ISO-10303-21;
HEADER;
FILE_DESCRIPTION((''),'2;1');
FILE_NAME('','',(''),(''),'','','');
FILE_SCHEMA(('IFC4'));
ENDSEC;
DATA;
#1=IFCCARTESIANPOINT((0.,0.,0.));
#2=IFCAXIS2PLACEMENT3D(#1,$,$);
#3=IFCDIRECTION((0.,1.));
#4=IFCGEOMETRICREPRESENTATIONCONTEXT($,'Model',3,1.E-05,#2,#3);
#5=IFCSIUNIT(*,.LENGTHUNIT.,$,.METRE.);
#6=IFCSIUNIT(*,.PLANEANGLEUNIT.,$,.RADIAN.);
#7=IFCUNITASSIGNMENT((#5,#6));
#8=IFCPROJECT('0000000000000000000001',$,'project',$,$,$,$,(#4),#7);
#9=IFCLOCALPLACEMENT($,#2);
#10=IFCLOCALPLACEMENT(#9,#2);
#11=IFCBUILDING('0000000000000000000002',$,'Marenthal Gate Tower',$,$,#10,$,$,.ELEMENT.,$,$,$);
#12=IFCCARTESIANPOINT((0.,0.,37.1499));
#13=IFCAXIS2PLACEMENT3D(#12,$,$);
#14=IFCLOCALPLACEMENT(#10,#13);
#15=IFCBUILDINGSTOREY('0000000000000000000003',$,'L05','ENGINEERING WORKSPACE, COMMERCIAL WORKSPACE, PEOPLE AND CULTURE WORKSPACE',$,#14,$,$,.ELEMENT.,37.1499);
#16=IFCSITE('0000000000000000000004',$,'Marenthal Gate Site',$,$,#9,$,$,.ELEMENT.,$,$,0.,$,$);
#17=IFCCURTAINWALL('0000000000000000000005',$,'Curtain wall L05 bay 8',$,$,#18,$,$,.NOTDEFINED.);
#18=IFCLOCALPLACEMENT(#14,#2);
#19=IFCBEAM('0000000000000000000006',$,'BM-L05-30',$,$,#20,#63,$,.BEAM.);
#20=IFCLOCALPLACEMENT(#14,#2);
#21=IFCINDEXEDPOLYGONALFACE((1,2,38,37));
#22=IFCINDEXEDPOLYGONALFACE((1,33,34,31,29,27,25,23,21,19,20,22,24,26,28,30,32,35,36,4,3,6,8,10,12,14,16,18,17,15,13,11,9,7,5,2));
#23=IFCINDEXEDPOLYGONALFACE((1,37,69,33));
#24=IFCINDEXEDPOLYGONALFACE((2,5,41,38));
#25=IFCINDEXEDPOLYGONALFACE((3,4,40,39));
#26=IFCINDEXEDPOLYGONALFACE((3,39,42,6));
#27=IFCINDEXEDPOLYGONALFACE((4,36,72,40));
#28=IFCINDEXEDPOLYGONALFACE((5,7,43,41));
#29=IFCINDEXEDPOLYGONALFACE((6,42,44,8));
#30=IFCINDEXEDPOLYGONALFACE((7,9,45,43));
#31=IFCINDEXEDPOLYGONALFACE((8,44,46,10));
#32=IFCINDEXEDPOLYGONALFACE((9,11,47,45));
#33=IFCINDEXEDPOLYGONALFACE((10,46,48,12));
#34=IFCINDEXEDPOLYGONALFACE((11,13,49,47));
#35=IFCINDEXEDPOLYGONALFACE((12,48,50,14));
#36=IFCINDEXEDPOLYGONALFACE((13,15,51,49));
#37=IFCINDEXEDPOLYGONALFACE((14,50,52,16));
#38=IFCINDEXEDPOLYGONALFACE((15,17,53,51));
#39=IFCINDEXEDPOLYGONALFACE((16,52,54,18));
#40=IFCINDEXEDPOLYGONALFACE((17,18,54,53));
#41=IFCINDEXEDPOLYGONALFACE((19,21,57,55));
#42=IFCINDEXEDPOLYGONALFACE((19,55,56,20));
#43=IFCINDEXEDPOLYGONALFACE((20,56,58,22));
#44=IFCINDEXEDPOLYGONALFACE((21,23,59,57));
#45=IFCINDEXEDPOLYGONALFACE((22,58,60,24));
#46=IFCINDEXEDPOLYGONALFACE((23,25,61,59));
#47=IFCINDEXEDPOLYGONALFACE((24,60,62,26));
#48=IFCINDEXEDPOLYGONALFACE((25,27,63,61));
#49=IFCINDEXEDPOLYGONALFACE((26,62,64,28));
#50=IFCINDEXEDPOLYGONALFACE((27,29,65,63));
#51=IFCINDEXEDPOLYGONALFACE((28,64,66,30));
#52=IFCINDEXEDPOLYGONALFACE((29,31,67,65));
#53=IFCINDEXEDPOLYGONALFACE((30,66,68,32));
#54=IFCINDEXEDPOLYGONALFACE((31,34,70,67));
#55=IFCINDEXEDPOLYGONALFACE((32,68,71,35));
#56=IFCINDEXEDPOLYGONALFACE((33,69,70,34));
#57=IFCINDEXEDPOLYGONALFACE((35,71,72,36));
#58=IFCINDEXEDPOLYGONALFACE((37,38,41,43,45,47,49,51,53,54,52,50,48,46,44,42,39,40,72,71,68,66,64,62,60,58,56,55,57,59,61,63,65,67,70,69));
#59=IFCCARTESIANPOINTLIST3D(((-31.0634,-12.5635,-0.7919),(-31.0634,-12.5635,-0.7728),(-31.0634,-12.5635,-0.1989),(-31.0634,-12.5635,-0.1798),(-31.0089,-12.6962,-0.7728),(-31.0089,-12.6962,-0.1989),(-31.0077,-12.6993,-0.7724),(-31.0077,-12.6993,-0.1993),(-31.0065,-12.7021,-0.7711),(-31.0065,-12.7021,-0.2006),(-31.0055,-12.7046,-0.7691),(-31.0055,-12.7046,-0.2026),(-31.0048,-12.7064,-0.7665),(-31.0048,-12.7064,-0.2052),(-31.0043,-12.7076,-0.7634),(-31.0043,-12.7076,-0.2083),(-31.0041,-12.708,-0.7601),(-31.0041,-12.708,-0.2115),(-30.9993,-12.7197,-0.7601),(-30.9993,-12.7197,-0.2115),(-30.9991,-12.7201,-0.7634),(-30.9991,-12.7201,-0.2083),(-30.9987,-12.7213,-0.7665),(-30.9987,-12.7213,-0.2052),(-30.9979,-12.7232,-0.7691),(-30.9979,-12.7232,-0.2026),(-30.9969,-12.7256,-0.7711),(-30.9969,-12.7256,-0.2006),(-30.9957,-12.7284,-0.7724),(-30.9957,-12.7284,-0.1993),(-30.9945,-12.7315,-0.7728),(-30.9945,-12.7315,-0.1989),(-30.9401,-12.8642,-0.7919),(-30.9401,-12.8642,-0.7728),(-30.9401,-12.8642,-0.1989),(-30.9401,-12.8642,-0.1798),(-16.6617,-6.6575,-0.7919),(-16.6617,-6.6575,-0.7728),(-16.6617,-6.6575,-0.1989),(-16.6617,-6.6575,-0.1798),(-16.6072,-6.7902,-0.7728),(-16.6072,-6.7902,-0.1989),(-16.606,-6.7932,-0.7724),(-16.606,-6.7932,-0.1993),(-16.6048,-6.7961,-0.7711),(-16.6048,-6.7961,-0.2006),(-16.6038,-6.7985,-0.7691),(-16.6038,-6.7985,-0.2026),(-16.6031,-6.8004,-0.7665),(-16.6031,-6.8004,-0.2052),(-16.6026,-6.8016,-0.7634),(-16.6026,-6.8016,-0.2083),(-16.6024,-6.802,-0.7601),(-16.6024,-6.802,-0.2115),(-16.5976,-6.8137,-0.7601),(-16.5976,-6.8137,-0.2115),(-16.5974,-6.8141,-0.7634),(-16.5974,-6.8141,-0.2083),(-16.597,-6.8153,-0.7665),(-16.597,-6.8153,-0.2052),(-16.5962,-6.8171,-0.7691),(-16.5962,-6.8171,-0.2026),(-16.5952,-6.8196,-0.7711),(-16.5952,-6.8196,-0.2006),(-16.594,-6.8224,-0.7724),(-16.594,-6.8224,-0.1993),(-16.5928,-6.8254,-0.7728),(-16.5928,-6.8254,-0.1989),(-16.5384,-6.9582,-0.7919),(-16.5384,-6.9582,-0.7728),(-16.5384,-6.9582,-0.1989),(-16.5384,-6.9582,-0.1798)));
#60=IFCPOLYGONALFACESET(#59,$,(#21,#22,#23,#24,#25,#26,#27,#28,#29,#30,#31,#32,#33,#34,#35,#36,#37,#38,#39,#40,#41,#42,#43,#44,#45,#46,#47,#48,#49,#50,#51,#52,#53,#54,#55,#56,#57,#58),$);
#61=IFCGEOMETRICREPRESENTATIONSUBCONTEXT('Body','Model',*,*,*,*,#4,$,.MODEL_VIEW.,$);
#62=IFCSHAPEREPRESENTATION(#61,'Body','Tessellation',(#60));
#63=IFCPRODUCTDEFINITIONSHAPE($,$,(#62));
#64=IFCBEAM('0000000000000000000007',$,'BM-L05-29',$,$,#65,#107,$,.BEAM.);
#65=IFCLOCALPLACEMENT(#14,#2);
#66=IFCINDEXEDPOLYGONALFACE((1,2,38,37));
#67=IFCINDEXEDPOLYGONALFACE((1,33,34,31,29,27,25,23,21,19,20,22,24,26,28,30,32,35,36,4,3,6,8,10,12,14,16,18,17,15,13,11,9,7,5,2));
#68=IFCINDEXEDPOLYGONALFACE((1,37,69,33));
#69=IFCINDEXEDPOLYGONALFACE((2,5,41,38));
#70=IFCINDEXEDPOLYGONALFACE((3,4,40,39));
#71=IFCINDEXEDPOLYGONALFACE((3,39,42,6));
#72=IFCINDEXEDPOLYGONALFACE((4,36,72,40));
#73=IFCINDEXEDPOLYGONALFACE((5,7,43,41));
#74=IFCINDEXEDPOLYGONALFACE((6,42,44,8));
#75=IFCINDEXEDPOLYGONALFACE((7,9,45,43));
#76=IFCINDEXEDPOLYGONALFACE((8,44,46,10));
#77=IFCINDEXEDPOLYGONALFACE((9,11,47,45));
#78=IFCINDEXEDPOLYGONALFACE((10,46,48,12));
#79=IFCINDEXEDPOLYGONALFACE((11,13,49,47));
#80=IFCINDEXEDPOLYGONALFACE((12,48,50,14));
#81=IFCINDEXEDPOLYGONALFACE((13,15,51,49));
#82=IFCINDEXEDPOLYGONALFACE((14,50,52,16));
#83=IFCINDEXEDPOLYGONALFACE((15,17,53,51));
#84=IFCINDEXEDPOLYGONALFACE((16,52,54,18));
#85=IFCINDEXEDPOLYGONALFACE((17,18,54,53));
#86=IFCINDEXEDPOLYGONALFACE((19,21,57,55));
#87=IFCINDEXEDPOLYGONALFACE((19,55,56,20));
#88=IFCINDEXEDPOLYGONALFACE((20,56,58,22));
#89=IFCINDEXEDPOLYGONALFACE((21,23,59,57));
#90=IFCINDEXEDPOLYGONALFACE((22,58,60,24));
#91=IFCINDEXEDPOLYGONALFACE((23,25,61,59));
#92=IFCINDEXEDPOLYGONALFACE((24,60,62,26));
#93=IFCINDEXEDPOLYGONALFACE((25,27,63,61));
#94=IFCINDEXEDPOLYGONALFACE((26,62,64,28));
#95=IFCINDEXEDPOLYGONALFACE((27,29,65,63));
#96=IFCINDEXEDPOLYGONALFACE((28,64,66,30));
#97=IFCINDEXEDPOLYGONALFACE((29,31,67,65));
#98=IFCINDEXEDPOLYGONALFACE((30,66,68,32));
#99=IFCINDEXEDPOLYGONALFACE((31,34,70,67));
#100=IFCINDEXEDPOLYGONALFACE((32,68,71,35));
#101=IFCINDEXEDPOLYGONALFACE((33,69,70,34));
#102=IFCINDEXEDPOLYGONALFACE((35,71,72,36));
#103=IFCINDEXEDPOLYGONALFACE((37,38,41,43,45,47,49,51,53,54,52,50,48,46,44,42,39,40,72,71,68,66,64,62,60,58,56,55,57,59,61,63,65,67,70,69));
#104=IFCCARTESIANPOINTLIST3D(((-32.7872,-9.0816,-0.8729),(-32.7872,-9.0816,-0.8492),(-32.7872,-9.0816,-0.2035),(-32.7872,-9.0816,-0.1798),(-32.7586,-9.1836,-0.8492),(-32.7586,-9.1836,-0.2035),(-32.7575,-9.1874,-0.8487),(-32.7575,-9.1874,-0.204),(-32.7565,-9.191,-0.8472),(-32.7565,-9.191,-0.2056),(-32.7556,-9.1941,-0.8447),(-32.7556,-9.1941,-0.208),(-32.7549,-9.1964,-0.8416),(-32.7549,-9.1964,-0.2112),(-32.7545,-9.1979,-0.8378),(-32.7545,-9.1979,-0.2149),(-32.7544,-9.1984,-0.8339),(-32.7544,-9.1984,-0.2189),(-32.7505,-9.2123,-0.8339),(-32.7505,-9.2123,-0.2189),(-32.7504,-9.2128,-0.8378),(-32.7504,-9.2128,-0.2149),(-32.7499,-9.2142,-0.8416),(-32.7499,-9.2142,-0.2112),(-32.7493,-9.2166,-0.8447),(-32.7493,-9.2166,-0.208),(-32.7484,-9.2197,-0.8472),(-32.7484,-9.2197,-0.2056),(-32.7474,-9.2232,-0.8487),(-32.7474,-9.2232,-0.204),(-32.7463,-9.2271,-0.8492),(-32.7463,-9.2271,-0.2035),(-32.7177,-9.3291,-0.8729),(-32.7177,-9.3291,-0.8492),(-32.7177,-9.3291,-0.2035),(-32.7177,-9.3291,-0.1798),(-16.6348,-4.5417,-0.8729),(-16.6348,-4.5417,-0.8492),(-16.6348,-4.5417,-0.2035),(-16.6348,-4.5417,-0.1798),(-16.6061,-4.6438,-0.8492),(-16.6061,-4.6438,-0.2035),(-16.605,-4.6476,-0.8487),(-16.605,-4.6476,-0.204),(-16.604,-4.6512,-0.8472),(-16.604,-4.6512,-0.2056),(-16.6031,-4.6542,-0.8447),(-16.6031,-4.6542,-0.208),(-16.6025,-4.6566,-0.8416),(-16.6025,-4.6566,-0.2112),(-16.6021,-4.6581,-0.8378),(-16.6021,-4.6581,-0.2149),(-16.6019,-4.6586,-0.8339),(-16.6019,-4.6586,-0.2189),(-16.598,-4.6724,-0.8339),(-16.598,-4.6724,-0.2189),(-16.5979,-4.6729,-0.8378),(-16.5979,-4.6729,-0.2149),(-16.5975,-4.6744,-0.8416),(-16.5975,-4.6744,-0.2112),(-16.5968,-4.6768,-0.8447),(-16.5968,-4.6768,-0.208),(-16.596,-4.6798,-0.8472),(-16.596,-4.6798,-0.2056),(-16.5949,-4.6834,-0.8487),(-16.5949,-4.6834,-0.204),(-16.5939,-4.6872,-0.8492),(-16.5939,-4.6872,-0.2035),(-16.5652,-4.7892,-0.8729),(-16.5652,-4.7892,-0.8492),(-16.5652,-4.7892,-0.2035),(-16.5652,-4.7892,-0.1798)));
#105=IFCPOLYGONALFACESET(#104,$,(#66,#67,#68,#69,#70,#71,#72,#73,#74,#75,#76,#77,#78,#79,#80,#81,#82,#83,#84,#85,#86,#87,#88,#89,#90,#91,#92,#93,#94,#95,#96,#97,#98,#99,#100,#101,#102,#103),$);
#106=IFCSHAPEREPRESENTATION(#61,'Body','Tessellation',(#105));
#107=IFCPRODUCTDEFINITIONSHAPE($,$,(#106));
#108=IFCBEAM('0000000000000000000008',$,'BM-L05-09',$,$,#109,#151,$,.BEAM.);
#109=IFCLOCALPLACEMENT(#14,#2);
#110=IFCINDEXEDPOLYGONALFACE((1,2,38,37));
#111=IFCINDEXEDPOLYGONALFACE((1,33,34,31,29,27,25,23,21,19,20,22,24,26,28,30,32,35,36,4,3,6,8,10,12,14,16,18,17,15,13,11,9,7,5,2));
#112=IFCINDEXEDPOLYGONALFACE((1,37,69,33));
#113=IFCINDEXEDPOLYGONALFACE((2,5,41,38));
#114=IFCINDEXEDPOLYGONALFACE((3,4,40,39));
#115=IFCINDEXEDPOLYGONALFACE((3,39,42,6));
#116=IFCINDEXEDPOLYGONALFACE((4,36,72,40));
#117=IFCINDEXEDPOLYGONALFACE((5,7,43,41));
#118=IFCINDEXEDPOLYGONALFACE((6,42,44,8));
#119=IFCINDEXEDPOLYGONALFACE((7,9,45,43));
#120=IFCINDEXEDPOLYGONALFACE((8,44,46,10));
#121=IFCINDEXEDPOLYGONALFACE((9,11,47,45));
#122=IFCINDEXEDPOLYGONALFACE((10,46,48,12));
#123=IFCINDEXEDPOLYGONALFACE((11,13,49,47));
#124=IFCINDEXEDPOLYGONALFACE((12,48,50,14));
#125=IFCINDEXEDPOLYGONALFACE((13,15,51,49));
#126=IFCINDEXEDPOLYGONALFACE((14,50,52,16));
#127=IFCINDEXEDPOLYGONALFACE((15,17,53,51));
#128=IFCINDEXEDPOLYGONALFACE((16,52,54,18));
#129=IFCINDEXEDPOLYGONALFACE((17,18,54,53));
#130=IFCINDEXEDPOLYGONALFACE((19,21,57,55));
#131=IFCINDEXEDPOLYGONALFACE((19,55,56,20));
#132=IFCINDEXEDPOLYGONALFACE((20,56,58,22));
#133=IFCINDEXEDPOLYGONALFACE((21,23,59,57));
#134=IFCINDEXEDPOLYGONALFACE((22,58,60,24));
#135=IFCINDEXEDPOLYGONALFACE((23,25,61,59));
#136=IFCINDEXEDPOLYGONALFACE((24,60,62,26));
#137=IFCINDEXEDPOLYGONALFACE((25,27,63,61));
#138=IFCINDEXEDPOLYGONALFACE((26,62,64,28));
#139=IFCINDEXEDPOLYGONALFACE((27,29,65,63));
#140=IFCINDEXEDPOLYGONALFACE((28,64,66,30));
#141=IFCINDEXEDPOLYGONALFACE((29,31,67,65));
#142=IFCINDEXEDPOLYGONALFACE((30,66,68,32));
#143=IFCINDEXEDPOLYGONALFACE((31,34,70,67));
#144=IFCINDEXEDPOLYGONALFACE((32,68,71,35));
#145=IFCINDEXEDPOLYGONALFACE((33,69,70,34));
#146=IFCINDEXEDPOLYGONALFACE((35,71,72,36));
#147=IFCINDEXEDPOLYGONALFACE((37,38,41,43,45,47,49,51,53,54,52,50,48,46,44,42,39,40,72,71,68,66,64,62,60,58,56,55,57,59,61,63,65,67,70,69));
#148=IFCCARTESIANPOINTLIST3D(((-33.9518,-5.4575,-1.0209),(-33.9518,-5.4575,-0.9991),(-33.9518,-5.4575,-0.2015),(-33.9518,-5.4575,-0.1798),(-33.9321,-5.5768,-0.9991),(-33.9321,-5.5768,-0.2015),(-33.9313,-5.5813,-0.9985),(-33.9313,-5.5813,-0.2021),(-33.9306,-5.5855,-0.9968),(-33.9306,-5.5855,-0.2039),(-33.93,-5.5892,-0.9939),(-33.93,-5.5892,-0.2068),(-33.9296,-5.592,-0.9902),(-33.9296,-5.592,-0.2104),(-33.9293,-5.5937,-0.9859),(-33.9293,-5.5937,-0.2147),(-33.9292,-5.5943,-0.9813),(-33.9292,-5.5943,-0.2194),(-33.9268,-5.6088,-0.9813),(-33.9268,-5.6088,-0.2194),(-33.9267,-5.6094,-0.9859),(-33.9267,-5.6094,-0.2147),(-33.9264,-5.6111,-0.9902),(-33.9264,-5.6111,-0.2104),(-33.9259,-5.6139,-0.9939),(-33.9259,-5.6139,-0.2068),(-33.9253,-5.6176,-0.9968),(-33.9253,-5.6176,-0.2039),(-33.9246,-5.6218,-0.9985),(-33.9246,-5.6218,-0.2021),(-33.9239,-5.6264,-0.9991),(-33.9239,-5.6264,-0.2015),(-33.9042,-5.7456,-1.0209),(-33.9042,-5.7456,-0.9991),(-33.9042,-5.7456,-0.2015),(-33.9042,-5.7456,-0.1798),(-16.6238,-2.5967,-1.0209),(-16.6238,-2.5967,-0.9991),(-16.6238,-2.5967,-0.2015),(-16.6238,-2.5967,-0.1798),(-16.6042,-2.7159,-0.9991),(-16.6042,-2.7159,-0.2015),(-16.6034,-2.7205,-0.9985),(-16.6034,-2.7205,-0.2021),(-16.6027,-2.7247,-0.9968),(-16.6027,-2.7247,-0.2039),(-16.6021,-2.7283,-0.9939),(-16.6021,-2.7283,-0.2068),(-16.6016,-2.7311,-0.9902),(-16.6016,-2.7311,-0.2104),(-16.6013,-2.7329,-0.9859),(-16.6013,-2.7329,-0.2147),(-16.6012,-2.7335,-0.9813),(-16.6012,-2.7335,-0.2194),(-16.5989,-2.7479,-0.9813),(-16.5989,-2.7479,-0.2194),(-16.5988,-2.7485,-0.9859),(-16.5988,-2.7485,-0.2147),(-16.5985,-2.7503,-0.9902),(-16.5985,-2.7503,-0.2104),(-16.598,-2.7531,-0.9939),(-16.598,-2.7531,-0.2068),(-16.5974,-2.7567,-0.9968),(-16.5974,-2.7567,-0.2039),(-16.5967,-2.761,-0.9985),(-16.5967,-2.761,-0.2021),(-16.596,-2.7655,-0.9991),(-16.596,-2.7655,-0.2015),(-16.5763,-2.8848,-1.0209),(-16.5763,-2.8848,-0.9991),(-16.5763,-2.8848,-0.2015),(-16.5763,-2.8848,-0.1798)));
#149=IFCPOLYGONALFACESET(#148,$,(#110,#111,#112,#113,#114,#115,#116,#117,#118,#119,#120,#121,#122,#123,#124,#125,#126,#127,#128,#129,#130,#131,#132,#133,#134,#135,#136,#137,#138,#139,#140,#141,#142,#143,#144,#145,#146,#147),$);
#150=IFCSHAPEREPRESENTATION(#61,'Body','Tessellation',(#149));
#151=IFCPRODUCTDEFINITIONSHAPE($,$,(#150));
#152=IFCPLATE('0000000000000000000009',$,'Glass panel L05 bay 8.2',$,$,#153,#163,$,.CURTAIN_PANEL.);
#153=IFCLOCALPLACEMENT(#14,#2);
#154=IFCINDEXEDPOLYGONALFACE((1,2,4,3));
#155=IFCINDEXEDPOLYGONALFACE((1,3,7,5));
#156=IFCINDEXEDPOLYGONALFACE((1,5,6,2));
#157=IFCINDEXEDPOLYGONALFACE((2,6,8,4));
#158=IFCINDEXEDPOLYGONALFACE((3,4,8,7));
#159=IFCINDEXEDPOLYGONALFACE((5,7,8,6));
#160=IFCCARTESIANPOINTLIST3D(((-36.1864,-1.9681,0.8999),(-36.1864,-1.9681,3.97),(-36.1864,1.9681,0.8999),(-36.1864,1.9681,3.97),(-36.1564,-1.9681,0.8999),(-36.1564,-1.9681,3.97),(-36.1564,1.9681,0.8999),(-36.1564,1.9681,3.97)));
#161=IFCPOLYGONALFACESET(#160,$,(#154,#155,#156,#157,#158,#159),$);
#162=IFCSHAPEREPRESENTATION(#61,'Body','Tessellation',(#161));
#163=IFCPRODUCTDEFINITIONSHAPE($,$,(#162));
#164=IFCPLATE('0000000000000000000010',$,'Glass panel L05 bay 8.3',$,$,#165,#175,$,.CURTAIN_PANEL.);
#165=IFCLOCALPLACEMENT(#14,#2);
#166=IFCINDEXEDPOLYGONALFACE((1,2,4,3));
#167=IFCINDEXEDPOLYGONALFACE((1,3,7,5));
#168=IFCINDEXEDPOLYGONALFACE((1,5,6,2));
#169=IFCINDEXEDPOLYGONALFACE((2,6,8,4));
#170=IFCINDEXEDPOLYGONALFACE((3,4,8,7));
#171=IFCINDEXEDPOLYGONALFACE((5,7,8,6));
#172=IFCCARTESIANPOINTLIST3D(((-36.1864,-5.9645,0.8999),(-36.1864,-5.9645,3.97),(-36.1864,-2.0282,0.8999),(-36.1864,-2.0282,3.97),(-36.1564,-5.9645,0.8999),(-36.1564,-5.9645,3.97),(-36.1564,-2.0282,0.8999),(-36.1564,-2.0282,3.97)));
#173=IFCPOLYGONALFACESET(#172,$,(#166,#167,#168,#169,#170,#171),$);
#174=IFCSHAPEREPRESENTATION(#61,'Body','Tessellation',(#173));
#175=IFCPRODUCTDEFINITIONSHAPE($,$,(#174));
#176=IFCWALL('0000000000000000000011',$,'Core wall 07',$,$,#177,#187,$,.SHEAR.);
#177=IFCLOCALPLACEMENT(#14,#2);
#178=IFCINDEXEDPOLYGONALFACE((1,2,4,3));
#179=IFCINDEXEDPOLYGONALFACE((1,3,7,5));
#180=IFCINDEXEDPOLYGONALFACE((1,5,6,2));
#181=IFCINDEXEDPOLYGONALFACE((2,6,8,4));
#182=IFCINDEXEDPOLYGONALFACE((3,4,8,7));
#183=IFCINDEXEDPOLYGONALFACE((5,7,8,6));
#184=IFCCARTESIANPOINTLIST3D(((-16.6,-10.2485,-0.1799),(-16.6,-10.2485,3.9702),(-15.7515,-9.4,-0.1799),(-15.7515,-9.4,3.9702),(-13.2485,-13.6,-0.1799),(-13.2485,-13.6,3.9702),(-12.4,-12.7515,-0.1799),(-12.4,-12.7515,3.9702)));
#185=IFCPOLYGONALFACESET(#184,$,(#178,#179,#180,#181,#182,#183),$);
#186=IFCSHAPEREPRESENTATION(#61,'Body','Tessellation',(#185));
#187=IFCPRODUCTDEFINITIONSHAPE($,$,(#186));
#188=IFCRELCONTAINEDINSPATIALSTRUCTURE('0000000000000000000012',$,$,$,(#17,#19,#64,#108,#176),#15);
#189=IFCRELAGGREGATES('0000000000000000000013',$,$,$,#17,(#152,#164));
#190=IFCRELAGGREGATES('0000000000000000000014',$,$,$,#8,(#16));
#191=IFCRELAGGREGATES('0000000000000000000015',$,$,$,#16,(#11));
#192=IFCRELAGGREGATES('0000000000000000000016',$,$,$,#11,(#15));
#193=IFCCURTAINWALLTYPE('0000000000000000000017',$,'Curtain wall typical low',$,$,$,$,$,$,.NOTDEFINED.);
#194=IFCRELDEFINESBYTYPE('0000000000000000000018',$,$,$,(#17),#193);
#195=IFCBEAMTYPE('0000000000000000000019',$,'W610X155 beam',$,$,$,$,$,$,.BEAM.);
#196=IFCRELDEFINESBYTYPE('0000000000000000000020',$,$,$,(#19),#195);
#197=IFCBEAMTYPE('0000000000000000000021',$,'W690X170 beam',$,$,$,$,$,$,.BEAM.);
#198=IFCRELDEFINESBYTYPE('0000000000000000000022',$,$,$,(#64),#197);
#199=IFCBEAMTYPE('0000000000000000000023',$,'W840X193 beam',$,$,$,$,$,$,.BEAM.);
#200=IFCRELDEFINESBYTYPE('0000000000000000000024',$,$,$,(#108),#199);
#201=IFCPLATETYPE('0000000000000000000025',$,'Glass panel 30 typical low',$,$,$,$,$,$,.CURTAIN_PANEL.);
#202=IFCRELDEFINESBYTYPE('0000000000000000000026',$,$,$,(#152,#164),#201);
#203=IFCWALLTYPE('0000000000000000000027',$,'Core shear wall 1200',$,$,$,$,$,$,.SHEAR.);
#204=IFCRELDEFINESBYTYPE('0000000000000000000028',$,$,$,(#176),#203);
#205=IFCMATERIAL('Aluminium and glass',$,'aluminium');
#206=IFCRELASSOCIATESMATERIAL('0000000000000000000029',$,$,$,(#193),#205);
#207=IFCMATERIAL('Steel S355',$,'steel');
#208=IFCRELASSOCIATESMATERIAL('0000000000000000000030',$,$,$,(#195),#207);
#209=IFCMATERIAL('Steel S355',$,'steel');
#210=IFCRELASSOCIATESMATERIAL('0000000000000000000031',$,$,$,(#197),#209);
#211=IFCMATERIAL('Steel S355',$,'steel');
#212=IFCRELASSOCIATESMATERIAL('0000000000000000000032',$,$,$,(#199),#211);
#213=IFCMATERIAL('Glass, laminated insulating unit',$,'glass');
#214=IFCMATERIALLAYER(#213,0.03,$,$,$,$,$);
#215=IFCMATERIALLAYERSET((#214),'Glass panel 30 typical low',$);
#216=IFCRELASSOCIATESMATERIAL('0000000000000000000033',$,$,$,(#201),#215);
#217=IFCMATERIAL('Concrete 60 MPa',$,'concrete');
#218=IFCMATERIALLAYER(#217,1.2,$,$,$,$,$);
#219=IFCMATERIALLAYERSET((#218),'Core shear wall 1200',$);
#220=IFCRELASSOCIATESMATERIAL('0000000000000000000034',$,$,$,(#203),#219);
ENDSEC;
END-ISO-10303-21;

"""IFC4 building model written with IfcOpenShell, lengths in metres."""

from ifc_helpers import new_model, si_unit, direction, frame, frame_2d, origin, origin_2d, place, context, subcontext, project, spatial, rectangle, i_section, extrude, material, layer, layer_set, material_profile, profile_set, type_object, element, aggregate, save


model = new_model("IFC4")

# Units and contexts
model_context = context("Model", 3, precision=1e-05, world=origin(), true_north=direction((0.0, 1.0)))
body_context = subcontext(model_context, "Body", "Model", "MODEL_VIEW")
ifc_project = project(units=[si_unit("LENGTHUNIT", "METRE"), si_unit("PLANEANGLEUNIT", "RADIAN")], contexts=[model_context])

# Site, building, storey
site_placement = place(None, origin())
site = spatial("IfcSite", under=ifc_project, at=site_placement, Name="Marenthal Gate Site", CompositionType="ELEMENT", RefElevation=0.0)
building_placement = place(site_placement, origin())
building = spatial("IfcBuilding", under=site, at=building_placement, Name="Marenthal Gate Tower", CompositionType="ELEMENT")
storey_placement = place(building_placement, frame((0.0, 0.0, 37.1499)))
storey = spatial("IfcBuildingStorey", under=building, at=storey_placement, Name="L05", Description="ENGINEERING WORKSPACE, COMMERCIAL WORKSPACE, PEOPLE AND CULTURE WORKSPACE", CompositionType="ELEMENT", Elevation=37.1499)

# Curtain wall
ifc_material_1 = material(Name="Aluminium and glass", Category="aluminium")
curtain_wall_type = type_object("IfcCurtainWallType", Name="Curtain wall typical low", PredefinedType="NOTDEFINED", material=ifc_material_1)
curtain_wall_placement = place(storey_placement, origin())
curtain_wall = element("IfcCurtainWall", 1, at=curtain_wall_placement, inside=storey, type_object=curtain_wall_type, Name="Curtain wall L05 bay 8", PredefinedType="NOTDEFINED")

# Beams
ifc_material_2 = material(Name="Steel S355", Category="steel")
ifc_material_profile_1 = material_profile(ifc_material_2, i_section(OverallWidth=0.325, OverallDepth=0.6121, WebThickness=0.0127, FlangeThickness=0.019, FilletRadius=0.0127, at=origin_2d()), Name="W610X155")
ifc_profile_set_1 = profile_set([ifc_material_profile_1], Name="Steel S355")
beam_type_1 = type_object("IfcBeamType", Name="W610X155 beam", PredefinedType="BEAM", material=ifc_profile_set_1)
beam_1_placement = place(storey_placement, frame((-31.0017, -12.7139, -0.4858), z_axis=(0.925222, 0.379427, 0.0), x_axis=(-0.379427, 0.925222, 0.0)))
element("IfcBeam", 2, at=beam_1_placement, inside=storey, type_object=beam_type_1, Name="BM-L05-30", PredefinedType="BEAM", context=body_context, shape_type="SweptSolid", body=[
    extrude(i_section(OverallWidth=0.325, OverallDepth=0.6121, WebThickness=0.0127, FlangeThickness=0.019, FilletRadius=0.0127, at=origin_2d()), origin(), (0.0, 0.0, 1.0), 15.5657),
])
ifc_material_3 = material(Name="Steel S355", Category="steel")
ifc_material_profile_2 = material_profile(ifc_material_3, i_section(OverallWidth=0.2571, OverallDepth=0.6931, WebThickness=0.0144, FlangeThickness=0.0237, FilletRadius=0.0154, at=origin_2d()), Name="W690X170")
ifc_profile_set_2 = profile_set([ifc_material_profile_2], Name="Steel S355")
beam_type_2 = type_object("IfcBeamType", Name="W690X170 beam", PredefinedType="BEAM", material=ifc_profile_set_2)
beam_2_placement = place(storey_placement, frame((-32.7524, -9.2053, -0.5264), z_axis=(0.962698, 0.270577, 0.0), x_axis=(-0.270577, 0.962698, 0.0)))
element("IfcBeam", 3, at=beam_2_placement, inside=storey, type_object=beam_type_2, Name="BM-L05-29", PredefinedType="BEAM", context=body_context, shape_type="SweptSolid", body=[
    extrude(i_section(OverallWidth=0.2571, OverallDepth=0.6931, WebThickness=0.0144, FlangeThickness=0.0237, FilletRadius=0.0154, at=origin_2d()), origin(), (0.0, 0.0, 1.0), 16.7783),
])
ifc_material_4 = material(Name="Steel S355", Category="steel")
ifc_material_profile_3 = material_profile(ifc_material_4, i_section(OverallWidth=0.292, OverallDepth=0.8411, WebThickness=0.0146, FlangeThickness=0.0217, FilletRadius=0.0178, at=origin_2d()), Name="W840X193")
ifc_profile_set_3 = profile_set([ifc_material_profile_3], Name="Steel S355")
beam_type_3 = type_object("IfcBeamType", Name="W840X193 beam", PredefinedType="BEAM", material=ifc_profile_set_3)
beam_3_placement = place(storey_placement, frame((-33.928, -5.6016, -0.6003), z_axis=(0.986643, 0.162895, 0.0), x_axis=(-0.162895, 0.986643, 0.0)))
element("IfcBeam", 4, at=beam_3_placement, inside=storey, type_object=beam_type_3, Name="BM-L05-09", PredefinedType="BEAM", context=body_context, shape_type="SweptSolid", body=[
    extrude(i_section(OverallWidth=0.292, OverallDepth=0.8411, WebThickness=0.0146, FlangeThickness=0.0217, FilletRadius=0.0178, at=origin_2d()), origin(), (0.0, 0.0, 1.0), 17.5625),
])

# Plates
ifc_material_5 = material(Name="Glass, laminated insulating unit", Category="glass")
ifc_layer_1 = layer(ifc_material_5, 0.03)
ifc_layer_set_1 = layer_set([ifc_layer_1], Name="Glass panel 30 typical low")
plate_type = type_object("IfcPlateType", Name="Glass panel 30 typical low", PredefinedType="CURTAIN_PANEL", material=ifc_layer_set_1)
plate_1_placement = place(storey_placement, frame((-36.1714, 0.0, 0.8999), z_axis=(0.0, 0.0, 1.0), x_axis=(0.0, -1.0, 0.0)))
plate_1 = element("IfcPlate", 5, at=plate_1_placement, type_object=plate_type, Name="Glass panel L05 bay 8.2", PredefinedType="CURTAIN_PANEL", context=body_context, shape_type="SweptSolid", body=[
    extrude(rectangle(XDim=3.9363, YDim=0.03, at=origin_2d()), origin(), (0.0, 0.0, 1.0), 3.0701),
])
plate_2_placement = place(storey_placement, frame((-36.1714, -3.9963, 0.8999), z_axis=(0.0, 0.0, 1.0), x_axis=(0.0, -1.0, 0.0)))
plate_2 = element("IfcPlate", 6, at=plate_2_placement, type_object=plate_type, Name="Glass panel L05 bay 8.3", PredefinedType="CURTAIN_PANEL", context=body_context, shape_type="SweptSolid", body=[
    extrude(rectangle(XDim=3.9363, YDim=0.03, at=origin_2d()), origin(), (0.0, 0.0, 1.0), 3.0701),
])
aggregate(curtain_wall, [plate_1, plate_2])

# Wall
ifc_material_6 = material(Name="Concrete 60 MPa", Category="concrete")
ifc_layer_2 = layer(ifc_material_6, 1.2)
ifc_layer_set_2 = layer_set([ifc_layer_2], Name="Core shear wall 1200")
wall_type_1 = type_object("IfcWallType", Name="Core shear wall 1200", PredefinedType="SHEAR", material=ifc_layer_set_2)
wall_1_placement = place(storey_placement, frame((-16.1758, -9.8242, -0.1799), z_axis=(0.0, 0.0, 1.0), x_axis=(0.707107, -0.707107, 0.0)))
element("IfcWall", 7, at=wall_1_placement, inside=storey, type_object=wall_type_1, Name="Core wall 07", PredefinedType="SHEAR", context=body_context, shape_type="SweptSolid", body=[
    extrude(rectangle(XDim=4.7397, YDim=1.2, at=frame_2d((2.3699, 0.0))), origin(), (0.0, 0.0, 1.0), 4.1501),
])

save(model, "model.ifc")
